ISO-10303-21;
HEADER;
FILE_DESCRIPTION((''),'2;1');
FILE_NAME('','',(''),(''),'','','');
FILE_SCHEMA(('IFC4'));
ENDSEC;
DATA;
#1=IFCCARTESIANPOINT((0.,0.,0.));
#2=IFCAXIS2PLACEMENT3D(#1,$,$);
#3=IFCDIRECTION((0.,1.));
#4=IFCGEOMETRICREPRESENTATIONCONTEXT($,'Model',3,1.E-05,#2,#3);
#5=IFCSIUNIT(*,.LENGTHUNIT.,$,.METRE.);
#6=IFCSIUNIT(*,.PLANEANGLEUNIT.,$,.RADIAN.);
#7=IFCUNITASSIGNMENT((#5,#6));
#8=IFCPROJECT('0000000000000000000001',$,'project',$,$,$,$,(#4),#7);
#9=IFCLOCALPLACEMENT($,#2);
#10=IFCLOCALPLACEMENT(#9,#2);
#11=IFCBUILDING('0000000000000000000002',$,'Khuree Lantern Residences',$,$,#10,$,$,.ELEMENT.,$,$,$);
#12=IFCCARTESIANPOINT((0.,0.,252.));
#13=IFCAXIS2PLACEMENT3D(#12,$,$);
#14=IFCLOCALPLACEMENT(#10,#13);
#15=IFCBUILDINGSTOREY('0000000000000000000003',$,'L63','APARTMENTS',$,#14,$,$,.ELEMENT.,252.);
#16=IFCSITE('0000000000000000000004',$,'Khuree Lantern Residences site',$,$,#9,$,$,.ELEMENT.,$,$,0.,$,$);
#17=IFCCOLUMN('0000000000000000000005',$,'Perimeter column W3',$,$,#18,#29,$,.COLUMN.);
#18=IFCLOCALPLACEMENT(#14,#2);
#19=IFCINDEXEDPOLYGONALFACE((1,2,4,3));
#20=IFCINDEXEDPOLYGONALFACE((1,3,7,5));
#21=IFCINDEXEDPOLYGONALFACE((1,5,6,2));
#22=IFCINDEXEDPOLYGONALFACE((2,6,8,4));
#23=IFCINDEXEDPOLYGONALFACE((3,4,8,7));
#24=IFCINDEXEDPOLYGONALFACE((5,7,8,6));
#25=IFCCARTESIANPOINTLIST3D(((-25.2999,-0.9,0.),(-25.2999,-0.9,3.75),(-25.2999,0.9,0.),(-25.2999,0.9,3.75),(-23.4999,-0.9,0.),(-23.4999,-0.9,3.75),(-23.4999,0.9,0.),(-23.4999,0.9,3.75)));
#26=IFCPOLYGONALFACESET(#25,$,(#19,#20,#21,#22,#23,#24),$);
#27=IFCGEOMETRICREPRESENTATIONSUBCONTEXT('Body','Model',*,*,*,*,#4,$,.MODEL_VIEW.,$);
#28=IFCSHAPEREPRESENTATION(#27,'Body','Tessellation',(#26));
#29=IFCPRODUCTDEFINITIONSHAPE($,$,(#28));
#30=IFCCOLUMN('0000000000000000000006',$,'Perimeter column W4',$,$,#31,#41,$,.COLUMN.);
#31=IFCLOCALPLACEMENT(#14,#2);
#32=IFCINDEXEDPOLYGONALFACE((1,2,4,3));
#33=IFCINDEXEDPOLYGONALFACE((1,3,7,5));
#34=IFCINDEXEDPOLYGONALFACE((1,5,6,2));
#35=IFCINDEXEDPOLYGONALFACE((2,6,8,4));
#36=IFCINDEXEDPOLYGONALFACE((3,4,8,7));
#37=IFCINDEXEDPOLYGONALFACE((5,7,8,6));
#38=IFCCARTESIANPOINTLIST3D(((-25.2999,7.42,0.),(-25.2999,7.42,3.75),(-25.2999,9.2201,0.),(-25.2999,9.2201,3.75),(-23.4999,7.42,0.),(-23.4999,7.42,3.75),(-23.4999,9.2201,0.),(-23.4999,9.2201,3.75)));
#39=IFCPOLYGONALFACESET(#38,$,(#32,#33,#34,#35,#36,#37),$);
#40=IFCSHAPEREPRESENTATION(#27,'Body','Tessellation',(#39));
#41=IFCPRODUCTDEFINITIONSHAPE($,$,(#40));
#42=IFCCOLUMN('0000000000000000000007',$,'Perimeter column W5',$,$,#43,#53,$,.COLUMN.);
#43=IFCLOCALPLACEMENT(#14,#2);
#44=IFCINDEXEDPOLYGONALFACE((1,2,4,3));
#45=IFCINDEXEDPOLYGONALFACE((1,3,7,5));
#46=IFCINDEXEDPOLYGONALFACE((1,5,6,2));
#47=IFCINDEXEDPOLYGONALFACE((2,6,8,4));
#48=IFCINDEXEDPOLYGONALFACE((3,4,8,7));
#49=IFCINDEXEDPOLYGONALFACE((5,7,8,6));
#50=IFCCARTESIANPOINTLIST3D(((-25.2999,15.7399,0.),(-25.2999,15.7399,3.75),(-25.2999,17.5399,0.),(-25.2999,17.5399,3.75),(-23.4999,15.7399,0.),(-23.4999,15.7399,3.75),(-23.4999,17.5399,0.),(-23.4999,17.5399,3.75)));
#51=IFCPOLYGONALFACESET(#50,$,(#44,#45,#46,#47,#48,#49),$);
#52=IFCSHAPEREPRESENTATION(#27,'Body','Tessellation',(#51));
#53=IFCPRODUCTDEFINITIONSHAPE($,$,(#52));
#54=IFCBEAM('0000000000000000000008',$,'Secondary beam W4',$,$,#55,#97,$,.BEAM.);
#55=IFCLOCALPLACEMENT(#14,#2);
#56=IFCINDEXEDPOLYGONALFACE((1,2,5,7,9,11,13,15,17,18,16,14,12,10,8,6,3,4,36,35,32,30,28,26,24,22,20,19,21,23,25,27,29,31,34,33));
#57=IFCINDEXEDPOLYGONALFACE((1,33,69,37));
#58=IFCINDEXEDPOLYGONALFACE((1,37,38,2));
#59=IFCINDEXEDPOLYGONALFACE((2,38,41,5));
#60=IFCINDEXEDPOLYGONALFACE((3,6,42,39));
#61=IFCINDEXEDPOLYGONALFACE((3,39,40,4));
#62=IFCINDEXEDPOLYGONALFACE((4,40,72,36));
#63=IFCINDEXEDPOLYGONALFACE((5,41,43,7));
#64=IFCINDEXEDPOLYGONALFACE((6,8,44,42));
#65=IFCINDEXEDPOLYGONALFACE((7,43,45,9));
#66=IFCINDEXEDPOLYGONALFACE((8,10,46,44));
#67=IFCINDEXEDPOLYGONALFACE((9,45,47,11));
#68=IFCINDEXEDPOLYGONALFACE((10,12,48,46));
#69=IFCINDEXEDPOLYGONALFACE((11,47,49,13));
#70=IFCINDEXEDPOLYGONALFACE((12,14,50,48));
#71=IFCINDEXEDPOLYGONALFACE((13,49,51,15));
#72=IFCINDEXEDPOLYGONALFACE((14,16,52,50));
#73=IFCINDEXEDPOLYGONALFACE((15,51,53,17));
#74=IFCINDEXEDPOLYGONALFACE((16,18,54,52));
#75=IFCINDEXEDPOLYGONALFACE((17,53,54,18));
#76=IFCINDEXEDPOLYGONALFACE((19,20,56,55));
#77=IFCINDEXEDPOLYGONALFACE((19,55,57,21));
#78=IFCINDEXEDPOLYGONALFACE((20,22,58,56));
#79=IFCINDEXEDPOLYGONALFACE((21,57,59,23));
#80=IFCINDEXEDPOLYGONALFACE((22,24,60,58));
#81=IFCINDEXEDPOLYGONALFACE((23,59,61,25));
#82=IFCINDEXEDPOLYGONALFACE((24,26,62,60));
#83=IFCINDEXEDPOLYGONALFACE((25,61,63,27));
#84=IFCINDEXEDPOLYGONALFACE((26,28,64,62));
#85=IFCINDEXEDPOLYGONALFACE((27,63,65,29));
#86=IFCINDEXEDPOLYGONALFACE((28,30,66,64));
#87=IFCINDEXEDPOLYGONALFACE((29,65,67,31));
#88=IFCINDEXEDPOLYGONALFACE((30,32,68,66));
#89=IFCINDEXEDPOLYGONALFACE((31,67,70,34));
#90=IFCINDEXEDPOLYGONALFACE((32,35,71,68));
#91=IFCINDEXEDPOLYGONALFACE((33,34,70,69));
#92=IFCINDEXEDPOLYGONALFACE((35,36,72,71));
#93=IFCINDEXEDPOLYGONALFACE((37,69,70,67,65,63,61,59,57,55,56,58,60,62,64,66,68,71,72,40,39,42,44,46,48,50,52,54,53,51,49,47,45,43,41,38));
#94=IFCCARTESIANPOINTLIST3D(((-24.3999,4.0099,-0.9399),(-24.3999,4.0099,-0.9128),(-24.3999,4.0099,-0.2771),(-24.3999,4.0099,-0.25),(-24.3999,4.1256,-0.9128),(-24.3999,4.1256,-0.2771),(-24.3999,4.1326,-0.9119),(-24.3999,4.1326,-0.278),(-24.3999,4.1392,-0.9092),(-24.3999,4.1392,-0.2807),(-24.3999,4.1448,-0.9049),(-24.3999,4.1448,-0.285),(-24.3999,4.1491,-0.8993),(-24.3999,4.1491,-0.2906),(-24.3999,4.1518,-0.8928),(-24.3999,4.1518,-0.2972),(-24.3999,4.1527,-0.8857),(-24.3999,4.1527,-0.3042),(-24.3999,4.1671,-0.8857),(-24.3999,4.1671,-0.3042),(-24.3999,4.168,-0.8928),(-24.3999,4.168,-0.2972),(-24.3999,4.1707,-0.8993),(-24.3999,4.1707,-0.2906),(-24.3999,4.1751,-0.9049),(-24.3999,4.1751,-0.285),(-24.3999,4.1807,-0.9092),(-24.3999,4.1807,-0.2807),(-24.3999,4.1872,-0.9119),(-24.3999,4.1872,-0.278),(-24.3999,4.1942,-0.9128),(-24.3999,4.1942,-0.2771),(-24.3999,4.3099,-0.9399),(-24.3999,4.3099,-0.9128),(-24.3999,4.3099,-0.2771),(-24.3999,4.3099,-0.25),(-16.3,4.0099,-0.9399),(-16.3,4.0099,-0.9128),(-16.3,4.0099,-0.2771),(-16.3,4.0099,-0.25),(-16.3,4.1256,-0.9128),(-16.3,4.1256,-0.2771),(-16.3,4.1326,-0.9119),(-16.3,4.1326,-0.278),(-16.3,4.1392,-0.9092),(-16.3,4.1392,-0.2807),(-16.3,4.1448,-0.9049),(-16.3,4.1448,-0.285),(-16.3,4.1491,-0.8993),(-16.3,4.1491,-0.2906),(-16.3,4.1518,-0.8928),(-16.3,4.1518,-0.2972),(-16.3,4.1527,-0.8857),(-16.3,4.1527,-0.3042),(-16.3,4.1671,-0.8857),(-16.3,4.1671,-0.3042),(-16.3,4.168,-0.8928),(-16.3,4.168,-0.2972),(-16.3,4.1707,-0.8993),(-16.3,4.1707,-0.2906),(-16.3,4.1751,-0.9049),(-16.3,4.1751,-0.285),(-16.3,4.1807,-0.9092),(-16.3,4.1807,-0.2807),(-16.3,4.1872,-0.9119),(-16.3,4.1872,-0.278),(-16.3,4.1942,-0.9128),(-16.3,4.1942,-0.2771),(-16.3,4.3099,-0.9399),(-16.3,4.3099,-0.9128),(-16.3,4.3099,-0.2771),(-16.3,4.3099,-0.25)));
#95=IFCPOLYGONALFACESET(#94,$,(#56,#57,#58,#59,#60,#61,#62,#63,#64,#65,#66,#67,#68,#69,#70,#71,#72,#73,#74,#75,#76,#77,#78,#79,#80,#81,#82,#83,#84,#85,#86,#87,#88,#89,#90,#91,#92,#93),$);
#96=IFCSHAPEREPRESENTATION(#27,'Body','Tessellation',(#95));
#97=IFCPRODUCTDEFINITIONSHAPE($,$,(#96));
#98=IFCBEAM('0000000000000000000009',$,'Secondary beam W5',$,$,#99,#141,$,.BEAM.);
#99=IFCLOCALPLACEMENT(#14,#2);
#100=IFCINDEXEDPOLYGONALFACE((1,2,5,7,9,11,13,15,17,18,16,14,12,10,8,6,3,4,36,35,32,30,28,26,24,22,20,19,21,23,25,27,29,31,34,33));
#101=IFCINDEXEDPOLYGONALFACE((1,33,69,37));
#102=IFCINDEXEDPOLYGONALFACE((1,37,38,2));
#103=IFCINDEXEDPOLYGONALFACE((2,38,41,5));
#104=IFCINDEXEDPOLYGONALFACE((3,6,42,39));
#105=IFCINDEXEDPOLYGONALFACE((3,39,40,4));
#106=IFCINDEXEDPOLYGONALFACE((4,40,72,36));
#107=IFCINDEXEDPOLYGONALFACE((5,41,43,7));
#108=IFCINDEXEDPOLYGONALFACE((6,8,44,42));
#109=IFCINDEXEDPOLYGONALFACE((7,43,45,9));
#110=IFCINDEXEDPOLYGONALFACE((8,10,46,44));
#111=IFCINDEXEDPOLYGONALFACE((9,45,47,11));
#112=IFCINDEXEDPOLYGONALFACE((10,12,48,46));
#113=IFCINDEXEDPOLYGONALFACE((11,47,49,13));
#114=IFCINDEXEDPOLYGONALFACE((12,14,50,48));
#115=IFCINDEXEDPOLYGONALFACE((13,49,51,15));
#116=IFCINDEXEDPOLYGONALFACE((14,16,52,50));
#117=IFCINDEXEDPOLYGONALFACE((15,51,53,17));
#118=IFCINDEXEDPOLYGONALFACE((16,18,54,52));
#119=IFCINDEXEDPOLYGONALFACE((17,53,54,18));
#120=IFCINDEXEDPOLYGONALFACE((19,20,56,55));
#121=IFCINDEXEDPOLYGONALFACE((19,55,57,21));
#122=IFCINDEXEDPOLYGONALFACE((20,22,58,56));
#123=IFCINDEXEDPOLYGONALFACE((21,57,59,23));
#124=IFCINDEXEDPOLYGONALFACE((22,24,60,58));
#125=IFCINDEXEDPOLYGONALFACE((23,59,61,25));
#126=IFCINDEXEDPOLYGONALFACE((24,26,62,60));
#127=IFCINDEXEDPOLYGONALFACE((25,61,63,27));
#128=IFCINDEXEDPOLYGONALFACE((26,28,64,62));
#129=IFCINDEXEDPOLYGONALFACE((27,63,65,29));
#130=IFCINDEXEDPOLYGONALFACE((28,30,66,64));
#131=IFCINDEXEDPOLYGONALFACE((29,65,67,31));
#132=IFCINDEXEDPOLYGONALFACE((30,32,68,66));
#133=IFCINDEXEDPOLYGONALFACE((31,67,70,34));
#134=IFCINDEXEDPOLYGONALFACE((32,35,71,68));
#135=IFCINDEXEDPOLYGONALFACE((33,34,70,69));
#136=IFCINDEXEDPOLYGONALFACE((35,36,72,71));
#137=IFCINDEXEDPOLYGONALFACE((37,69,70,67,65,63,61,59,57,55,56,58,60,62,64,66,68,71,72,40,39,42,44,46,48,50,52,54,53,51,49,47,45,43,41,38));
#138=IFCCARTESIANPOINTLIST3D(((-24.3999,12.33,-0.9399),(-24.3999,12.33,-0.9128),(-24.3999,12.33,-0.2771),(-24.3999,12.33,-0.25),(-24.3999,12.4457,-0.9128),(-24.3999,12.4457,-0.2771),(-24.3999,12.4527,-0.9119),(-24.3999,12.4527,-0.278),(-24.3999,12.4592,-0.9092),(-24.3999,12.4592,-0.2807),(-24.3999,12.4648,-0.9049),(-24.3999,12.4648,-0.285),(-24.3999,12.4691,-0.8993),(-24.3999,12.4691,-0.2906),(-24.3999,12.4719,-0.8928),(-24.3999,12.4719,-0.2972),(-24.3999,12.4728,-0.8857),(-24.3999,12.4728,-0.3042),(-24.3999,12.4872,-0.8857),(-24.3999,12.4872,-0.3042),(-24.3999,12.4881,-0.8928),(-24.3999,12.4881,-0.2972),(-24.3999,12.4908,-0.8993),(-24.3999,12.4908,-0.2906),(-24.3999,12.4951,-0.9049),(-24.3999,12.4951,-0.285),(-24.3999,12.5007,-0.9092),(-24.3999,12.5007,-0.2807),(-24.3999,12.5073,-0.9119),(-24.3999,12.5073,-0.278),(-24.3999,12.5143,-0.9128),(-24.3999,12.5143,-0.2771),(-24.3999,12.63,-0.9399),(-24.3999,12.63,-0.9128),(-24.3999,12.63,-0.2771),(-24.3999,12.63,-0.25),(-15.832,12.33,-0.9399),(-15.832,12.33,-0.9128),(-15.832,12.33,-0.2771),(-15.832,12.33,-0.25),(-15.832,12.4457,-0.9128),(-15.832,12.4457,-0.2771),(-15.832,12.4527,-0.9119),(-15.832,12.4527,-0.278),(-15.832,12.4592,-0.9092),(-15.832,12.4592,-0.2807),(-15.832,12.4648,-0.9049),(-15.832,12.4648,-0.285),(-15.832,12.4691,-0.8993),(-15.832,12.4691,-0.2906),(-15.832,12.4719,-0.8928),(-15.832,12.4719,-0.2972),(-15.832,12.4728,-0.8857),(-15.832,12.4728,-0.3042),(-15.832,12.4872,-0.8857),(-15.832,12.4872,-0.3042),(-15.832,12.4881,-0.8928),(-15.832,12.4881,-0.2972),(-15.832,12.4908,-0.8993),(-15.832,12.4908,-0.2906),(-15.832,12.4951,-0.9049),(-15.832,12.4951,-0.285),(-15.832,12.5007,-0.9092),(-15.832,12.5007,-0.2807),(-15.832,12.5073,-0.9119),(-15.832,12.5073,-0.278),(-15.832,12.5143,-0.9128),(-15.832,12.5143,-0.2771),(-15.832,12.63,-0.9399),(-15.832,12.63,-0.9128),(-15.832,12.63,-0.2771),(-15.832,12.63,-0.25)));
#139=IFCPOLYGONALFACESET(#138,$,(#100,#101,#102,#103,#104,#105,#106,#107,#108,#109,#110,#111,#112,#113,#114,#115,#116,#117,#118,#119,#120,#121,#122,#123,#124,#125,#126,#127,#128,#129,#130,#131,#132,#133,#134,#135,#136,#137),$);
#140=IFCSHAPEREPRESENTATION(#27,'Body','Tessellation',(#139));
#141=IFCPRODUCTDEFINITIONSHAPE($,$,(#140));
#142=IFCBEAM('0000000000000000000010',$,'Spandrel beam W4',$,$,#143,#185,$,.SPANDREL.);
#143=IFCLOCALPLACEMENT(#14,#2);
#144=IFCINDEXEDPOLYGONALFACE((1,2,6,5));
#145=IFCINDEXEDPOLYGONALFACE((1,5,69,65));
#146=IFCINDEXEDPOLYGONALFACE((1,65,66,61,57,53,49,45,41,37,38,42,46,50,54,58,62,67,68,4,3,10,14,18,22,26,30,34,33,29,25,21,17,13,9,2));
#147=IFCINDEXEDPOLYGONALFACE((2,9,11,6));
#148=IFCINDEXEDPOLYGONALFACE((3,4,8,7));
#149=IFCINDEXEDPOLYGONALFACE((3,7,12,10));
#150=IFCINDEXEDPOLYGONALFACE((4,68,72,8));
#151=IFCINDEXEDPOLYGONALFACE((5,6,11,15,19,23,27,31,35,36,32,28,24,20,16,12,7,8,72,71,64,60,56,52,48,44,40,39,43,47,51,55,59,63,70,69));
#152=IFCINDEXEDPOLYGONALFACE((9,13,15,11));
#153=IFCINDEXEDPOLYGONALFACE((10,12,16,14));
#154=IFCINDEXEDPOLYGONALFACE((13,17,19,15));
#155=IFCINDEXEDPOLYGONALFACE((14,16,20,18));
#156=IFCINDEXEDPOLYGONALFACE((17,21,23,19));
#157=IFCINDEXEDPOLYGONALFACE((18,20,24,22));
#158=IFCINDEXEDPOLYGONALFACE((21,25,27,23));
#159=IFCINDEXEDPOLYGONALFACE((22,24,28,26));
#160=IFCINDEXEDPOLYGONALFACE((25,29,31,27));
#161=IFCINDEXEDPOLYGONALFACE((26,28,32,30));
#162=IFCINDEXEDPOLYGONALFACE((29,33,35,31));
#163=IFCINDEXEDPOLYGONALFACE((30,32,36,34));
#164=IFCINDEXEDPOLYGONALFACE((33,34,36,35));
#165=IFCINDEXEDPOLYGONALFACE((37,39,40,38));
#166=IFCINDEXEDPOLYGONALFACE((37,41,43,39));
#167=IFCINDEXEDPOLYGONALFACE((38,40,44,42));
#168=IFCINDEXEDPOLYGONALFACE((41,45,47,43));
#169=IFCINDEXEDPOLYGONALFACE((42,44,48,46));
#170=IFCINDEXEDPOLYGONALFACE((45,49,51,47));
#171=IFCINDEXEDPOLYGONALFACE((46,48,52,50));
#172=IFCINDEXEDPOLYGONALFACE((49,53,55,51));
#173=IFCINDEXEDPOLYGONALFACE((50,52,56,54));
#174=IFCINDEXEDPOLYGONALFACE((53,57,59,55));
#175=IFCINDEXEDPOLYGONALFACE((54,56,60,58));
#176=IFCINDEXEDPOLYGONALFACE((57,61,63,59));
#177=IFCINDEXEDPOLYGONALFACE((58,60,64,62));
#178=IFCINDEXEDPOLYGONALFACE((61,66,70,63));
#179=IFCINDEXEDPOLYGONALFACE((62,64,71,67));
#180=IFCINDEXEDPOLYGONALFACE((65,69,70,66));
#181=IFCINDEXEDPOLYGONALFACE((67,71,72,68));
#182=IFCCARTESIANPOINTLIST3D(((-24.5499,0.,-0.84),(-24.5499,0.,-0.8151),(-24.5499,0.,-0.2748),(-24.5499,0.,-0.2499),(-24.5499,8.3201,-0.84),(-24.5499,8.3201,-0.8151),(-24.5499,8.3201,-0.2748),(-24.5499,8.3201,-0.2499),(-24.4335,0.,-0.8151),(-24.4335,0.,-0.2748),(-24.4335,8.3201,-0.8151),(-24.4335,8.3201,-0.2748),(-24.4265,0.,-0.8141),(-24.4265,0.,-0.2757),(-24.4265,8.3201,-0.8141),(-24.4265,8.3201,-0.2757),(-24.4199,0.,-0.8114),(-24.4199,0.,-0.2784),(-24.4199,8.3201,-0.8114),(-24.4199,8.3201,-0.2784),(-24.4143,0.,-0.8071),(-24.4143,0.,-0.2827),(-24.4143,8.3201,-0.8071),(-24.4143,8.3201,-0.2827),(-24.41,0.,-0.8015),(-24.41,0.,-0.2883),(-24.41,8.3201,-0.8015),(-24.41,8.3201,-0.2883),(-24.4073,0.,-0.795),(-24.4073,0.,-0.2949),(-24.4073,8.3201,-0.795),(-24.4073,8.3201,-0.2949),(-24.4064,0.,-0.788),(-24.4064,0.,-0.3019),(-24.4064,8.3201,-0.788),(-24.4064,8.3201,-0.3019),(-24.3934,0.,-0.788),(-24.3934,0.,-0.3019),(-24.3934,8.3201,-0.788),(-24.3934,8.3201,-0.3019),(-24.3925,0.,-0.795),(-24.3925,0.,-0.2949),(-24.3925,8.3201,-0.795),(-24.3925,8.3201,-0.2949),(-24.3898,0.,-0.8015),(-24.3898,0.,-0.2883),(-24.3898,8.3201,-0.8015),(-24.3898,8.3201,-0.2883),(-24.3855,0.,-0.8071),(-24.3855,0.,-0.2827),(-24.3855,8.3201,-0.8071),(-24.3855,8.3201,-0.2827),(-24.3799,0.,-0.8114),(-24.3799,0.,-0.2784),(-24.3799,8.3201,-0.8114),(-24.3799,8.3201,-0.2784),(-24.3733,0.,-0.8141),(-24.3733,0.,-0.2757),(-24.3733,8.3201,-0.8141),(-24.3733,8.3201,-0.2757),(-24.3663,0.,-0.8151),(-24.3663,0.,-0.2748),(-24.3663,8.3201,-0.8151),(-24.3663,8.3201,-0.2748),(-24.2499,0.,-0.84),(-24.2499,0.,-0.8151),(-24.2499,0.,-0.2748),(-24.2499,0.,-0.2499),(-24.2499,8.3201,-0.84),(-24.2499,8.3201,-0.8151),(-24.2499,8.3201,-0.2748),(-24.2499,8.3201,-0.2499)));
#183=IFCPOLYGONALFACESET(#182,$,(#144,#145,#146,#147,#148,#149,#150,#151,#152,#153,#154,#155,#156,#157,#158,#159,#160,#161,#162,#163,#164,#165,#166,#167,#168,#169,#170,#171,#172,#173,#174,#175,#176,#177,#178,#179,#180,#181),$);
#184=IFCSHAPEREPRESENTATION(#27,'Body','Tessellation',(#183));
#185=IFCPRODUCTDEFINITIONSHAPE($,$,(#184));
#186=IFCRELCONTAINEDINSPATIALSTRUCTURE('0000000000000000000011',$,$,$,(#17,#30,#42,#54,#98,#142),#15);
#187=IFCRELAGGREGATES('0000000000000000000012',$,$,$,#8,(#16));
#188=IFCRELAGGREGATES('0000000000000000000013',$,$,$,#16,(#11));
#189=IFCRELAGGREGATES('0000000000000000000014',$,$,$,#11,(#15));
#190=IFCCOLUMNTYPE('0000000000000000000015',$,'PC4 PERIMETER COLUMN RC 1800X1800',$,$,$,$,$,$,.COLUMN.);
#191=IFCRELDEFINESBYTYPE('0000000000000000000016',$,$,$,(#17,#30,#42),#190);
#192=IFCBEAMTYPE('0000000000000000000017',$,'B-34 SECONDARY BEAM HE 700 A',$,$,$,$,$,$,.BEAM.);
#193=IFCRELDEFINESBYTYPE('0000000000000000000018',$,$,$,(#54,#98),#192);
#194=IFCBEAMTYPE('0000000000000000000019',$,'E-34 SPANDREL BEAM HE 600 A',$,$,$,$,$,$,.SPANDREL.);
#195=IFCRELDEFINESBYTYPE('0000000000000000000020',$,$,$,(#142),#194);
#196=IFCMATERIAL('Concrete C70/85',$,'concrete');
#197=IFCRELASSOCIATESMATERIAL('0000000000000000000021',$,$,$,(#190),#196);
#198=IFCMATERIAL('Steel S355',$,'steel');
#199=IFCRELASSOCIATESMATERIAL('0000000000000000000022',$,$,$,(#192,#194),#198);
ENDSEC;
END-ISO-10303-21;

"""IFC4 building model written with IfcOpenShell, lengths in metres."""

from ifc_helpers import new_model, si_unit, direction, frame, origin, origin_2d, place, context, subcontext, project, spatial, rectangle, i_section, extrude, material, material_profile, profile_set, type_object, element, save


model = new_model("IFC4")

# Units and contexts
model_context = context("Model", 3, precision=1e-05, world=origin(), true_north=direction((0.0, 1.0)))
body_context = subcontext(model_context, "Body", "Model", "MODEL_VIEW")
ifc_project = project(units=[si_unit("LENGTHUNIT", "METRE"), si_unit("PLANEANGLEUNIT", "RADIAN")], contexts=[model_context])

# Site, building, storey
site_placement = place(None, origin())
site = spatial("IfcSite", under=ifc_project, at=site_placement, Name="Khuree Lantern Residences site", CompositionType="ELEMENT", RefElevation=0.0)
building_placement = place(site_placement, origin())
building = spatial("IfcBuilding", under=site, at=building_placement, Name="Khuree Lantern Residences", CompositionType="ELEMENT")
storey_placement = place(building_placement, frame((0.0, 0.0, 252.0)))
storey = spatial("IfcBuildingStorey", under=building, at=storey_placement, Name="L63", Description="APARTMENTS", CompositionType="ELEMENT", Elevation=252.0)

# Columns
ifc_material_1 = material(Name="Concrete C70/85", Category="concrete")
ifc_material_profile_1 = material_profile(ifc_material_1, rectangle(XDim=1.8, YDim=1.8, at=origin_2d()), Name="RC 1800X1800")
ifc_profile_set_1 = profile_set([ifc_material_profile_1], Name="Concrete C70/85")
column_type = type_object("IfcColumnType", Name="PC4 PERIMETER COLUMN RC 1800X1800", PredefinedType="COLUMN", material=ifc_profile_set_1)
for number, where, z_axis, x_axis, name in (
    (1, (-24.3999, 0.0, 0.0), (0.0, 0.0, 1.0), (0.0, 1.0, 0.0), "Perimeter column W3"),
    (2, (-24.3999, 8.3201, 0.0), (0.0, 0.0, 1.0), (0.0, 1.0, 0.0), "Perimeter column W4"),
    (3, (-24.3999, 16.6399, 0.0), (0.0, 0.0, 1.0), (0.0, 1.0, 0.0), "Perimeter column W5"),
):
    element("IfcColumn", number, at=place(storey_placement, frame(where, z_axis=z_axis, x_axis=x_axis)), inside=storey, type_object=column_type, Name=name, PredefinedType="COLUMN", context=body_context, shape_type="SweptSolid", body=[
        extrude(rectangle(XDim=1.8, YDim=1.8, at=origin_2d()), origin(), (0.0, 0.0, 1.0), 3.75),
    ])

# Beams
ifc_material_2 = material(Name="Steel S355", Category="steel")
ifc_material_profile_2 = material_profile(ifc_material_2, i_section(OverallWidth=0.3, OverallDepth=0.6899, WebThickness=0.0144, FlangeThickness=0.0271, FilletRadius=0.0271, at=origin_2d()), Name="HE 700 A")
ifc_profile_set_2 = profile_set([ifc_material_profile_2], Name="Steel S355")
beam_type_1 = type_object("IfcBeamType", Name="B-34 SECONDARY BEAM HE 700 A", PredefinedType="BEAM", material=ifc_profile_set_2)
beam_1_placement = place(storey_placement, frame((-24.3999, 4.1599, -0.595), z_axis=(1.0, 0.0, 0.0), x_axis=(0.0, 1.0, 0.0)))
element("IfcBeam", 4, at=beam_1_placement, inside=storey, type_object=beam_type_1, Name="Secondary beam W4", PredefinedType="BEAM", context=body_context, shape_type="SweptSolid", body=[
    extrude(i_section(OverallWidth=0.3, OverallDepth=0.6899, WebThickness=0.0144, FlangeThickness=0.0271, FilletRadius=0.0271, at=origin_2d()), origin(), (0.0, 0.0, 1.0), 8.0999),
])
beam_2_placement = place(storey_placement, frame((-24.3999, 12.48, -0.595), z_axis=(1.0, 0.0, 0.0), x_axis=(0.0, 1.0, 0.0)))
element("IfcBeam", 5, at=beam_2_placement, inside=storey, type_object=beam_type_1, Name="Secondary beam W5", PredefinedType="BEAM", context=body_context, shape_type="SweptSolid", body=[
    extrude(i_section(OverallWidth=0.3, OverallDepth=0.6899, WebThickness=0.0144, FlangeThickness=0.0271, FilletRadius=0.0271, at=origin_2d()), origin(), (0.0, 0.0, 1.0), 8.5679),
])
ifc_material_profile_3 = material_profile(ifc_material_2, i_section(OverallWidth=0.3, OverallDepth=0.5901, WebThickness=0.0129, FlangeThickness=0.0249, FilletRadius=0.0271, at=origin_2d()), Name="HE 600 A")
ifc_profile_set_3 = profile_set([ifc_material_profile_3], Name="Steel S355")
beam_type_2 = type_object("IfcBeamType", Name="E-34 SPANDREL BEAM HE 600 A", PredefinedType="SPANDREL", material=ifc_profile_set_3)
beam_3_placement = place(storey_placement, frame((-24.3999, 0.0, -0.5449), z_axis=(0.0, 1.0, 0.0), x_axis=(-1.0, 0.0, 0.0)))
element("IfcBeam", 6, at=beam_3_placement, inside=storey, type_object=beam_type_2, Name="Spandrel beam W4", PredefinedType="SPANDREL", context=body_context, shape_type="SweptSolid", body=[
    extrude(i_section(OverallWidth=0.3, OverallDepth=0.5901, WebThickness=0.0129, FlangeThickness=0.0249, FilletRadius=0.0271, at=origin_2d()), origin(), (0.0, 0.0, 1.0), 8.3201),
])

save(model, "model.ifc")
